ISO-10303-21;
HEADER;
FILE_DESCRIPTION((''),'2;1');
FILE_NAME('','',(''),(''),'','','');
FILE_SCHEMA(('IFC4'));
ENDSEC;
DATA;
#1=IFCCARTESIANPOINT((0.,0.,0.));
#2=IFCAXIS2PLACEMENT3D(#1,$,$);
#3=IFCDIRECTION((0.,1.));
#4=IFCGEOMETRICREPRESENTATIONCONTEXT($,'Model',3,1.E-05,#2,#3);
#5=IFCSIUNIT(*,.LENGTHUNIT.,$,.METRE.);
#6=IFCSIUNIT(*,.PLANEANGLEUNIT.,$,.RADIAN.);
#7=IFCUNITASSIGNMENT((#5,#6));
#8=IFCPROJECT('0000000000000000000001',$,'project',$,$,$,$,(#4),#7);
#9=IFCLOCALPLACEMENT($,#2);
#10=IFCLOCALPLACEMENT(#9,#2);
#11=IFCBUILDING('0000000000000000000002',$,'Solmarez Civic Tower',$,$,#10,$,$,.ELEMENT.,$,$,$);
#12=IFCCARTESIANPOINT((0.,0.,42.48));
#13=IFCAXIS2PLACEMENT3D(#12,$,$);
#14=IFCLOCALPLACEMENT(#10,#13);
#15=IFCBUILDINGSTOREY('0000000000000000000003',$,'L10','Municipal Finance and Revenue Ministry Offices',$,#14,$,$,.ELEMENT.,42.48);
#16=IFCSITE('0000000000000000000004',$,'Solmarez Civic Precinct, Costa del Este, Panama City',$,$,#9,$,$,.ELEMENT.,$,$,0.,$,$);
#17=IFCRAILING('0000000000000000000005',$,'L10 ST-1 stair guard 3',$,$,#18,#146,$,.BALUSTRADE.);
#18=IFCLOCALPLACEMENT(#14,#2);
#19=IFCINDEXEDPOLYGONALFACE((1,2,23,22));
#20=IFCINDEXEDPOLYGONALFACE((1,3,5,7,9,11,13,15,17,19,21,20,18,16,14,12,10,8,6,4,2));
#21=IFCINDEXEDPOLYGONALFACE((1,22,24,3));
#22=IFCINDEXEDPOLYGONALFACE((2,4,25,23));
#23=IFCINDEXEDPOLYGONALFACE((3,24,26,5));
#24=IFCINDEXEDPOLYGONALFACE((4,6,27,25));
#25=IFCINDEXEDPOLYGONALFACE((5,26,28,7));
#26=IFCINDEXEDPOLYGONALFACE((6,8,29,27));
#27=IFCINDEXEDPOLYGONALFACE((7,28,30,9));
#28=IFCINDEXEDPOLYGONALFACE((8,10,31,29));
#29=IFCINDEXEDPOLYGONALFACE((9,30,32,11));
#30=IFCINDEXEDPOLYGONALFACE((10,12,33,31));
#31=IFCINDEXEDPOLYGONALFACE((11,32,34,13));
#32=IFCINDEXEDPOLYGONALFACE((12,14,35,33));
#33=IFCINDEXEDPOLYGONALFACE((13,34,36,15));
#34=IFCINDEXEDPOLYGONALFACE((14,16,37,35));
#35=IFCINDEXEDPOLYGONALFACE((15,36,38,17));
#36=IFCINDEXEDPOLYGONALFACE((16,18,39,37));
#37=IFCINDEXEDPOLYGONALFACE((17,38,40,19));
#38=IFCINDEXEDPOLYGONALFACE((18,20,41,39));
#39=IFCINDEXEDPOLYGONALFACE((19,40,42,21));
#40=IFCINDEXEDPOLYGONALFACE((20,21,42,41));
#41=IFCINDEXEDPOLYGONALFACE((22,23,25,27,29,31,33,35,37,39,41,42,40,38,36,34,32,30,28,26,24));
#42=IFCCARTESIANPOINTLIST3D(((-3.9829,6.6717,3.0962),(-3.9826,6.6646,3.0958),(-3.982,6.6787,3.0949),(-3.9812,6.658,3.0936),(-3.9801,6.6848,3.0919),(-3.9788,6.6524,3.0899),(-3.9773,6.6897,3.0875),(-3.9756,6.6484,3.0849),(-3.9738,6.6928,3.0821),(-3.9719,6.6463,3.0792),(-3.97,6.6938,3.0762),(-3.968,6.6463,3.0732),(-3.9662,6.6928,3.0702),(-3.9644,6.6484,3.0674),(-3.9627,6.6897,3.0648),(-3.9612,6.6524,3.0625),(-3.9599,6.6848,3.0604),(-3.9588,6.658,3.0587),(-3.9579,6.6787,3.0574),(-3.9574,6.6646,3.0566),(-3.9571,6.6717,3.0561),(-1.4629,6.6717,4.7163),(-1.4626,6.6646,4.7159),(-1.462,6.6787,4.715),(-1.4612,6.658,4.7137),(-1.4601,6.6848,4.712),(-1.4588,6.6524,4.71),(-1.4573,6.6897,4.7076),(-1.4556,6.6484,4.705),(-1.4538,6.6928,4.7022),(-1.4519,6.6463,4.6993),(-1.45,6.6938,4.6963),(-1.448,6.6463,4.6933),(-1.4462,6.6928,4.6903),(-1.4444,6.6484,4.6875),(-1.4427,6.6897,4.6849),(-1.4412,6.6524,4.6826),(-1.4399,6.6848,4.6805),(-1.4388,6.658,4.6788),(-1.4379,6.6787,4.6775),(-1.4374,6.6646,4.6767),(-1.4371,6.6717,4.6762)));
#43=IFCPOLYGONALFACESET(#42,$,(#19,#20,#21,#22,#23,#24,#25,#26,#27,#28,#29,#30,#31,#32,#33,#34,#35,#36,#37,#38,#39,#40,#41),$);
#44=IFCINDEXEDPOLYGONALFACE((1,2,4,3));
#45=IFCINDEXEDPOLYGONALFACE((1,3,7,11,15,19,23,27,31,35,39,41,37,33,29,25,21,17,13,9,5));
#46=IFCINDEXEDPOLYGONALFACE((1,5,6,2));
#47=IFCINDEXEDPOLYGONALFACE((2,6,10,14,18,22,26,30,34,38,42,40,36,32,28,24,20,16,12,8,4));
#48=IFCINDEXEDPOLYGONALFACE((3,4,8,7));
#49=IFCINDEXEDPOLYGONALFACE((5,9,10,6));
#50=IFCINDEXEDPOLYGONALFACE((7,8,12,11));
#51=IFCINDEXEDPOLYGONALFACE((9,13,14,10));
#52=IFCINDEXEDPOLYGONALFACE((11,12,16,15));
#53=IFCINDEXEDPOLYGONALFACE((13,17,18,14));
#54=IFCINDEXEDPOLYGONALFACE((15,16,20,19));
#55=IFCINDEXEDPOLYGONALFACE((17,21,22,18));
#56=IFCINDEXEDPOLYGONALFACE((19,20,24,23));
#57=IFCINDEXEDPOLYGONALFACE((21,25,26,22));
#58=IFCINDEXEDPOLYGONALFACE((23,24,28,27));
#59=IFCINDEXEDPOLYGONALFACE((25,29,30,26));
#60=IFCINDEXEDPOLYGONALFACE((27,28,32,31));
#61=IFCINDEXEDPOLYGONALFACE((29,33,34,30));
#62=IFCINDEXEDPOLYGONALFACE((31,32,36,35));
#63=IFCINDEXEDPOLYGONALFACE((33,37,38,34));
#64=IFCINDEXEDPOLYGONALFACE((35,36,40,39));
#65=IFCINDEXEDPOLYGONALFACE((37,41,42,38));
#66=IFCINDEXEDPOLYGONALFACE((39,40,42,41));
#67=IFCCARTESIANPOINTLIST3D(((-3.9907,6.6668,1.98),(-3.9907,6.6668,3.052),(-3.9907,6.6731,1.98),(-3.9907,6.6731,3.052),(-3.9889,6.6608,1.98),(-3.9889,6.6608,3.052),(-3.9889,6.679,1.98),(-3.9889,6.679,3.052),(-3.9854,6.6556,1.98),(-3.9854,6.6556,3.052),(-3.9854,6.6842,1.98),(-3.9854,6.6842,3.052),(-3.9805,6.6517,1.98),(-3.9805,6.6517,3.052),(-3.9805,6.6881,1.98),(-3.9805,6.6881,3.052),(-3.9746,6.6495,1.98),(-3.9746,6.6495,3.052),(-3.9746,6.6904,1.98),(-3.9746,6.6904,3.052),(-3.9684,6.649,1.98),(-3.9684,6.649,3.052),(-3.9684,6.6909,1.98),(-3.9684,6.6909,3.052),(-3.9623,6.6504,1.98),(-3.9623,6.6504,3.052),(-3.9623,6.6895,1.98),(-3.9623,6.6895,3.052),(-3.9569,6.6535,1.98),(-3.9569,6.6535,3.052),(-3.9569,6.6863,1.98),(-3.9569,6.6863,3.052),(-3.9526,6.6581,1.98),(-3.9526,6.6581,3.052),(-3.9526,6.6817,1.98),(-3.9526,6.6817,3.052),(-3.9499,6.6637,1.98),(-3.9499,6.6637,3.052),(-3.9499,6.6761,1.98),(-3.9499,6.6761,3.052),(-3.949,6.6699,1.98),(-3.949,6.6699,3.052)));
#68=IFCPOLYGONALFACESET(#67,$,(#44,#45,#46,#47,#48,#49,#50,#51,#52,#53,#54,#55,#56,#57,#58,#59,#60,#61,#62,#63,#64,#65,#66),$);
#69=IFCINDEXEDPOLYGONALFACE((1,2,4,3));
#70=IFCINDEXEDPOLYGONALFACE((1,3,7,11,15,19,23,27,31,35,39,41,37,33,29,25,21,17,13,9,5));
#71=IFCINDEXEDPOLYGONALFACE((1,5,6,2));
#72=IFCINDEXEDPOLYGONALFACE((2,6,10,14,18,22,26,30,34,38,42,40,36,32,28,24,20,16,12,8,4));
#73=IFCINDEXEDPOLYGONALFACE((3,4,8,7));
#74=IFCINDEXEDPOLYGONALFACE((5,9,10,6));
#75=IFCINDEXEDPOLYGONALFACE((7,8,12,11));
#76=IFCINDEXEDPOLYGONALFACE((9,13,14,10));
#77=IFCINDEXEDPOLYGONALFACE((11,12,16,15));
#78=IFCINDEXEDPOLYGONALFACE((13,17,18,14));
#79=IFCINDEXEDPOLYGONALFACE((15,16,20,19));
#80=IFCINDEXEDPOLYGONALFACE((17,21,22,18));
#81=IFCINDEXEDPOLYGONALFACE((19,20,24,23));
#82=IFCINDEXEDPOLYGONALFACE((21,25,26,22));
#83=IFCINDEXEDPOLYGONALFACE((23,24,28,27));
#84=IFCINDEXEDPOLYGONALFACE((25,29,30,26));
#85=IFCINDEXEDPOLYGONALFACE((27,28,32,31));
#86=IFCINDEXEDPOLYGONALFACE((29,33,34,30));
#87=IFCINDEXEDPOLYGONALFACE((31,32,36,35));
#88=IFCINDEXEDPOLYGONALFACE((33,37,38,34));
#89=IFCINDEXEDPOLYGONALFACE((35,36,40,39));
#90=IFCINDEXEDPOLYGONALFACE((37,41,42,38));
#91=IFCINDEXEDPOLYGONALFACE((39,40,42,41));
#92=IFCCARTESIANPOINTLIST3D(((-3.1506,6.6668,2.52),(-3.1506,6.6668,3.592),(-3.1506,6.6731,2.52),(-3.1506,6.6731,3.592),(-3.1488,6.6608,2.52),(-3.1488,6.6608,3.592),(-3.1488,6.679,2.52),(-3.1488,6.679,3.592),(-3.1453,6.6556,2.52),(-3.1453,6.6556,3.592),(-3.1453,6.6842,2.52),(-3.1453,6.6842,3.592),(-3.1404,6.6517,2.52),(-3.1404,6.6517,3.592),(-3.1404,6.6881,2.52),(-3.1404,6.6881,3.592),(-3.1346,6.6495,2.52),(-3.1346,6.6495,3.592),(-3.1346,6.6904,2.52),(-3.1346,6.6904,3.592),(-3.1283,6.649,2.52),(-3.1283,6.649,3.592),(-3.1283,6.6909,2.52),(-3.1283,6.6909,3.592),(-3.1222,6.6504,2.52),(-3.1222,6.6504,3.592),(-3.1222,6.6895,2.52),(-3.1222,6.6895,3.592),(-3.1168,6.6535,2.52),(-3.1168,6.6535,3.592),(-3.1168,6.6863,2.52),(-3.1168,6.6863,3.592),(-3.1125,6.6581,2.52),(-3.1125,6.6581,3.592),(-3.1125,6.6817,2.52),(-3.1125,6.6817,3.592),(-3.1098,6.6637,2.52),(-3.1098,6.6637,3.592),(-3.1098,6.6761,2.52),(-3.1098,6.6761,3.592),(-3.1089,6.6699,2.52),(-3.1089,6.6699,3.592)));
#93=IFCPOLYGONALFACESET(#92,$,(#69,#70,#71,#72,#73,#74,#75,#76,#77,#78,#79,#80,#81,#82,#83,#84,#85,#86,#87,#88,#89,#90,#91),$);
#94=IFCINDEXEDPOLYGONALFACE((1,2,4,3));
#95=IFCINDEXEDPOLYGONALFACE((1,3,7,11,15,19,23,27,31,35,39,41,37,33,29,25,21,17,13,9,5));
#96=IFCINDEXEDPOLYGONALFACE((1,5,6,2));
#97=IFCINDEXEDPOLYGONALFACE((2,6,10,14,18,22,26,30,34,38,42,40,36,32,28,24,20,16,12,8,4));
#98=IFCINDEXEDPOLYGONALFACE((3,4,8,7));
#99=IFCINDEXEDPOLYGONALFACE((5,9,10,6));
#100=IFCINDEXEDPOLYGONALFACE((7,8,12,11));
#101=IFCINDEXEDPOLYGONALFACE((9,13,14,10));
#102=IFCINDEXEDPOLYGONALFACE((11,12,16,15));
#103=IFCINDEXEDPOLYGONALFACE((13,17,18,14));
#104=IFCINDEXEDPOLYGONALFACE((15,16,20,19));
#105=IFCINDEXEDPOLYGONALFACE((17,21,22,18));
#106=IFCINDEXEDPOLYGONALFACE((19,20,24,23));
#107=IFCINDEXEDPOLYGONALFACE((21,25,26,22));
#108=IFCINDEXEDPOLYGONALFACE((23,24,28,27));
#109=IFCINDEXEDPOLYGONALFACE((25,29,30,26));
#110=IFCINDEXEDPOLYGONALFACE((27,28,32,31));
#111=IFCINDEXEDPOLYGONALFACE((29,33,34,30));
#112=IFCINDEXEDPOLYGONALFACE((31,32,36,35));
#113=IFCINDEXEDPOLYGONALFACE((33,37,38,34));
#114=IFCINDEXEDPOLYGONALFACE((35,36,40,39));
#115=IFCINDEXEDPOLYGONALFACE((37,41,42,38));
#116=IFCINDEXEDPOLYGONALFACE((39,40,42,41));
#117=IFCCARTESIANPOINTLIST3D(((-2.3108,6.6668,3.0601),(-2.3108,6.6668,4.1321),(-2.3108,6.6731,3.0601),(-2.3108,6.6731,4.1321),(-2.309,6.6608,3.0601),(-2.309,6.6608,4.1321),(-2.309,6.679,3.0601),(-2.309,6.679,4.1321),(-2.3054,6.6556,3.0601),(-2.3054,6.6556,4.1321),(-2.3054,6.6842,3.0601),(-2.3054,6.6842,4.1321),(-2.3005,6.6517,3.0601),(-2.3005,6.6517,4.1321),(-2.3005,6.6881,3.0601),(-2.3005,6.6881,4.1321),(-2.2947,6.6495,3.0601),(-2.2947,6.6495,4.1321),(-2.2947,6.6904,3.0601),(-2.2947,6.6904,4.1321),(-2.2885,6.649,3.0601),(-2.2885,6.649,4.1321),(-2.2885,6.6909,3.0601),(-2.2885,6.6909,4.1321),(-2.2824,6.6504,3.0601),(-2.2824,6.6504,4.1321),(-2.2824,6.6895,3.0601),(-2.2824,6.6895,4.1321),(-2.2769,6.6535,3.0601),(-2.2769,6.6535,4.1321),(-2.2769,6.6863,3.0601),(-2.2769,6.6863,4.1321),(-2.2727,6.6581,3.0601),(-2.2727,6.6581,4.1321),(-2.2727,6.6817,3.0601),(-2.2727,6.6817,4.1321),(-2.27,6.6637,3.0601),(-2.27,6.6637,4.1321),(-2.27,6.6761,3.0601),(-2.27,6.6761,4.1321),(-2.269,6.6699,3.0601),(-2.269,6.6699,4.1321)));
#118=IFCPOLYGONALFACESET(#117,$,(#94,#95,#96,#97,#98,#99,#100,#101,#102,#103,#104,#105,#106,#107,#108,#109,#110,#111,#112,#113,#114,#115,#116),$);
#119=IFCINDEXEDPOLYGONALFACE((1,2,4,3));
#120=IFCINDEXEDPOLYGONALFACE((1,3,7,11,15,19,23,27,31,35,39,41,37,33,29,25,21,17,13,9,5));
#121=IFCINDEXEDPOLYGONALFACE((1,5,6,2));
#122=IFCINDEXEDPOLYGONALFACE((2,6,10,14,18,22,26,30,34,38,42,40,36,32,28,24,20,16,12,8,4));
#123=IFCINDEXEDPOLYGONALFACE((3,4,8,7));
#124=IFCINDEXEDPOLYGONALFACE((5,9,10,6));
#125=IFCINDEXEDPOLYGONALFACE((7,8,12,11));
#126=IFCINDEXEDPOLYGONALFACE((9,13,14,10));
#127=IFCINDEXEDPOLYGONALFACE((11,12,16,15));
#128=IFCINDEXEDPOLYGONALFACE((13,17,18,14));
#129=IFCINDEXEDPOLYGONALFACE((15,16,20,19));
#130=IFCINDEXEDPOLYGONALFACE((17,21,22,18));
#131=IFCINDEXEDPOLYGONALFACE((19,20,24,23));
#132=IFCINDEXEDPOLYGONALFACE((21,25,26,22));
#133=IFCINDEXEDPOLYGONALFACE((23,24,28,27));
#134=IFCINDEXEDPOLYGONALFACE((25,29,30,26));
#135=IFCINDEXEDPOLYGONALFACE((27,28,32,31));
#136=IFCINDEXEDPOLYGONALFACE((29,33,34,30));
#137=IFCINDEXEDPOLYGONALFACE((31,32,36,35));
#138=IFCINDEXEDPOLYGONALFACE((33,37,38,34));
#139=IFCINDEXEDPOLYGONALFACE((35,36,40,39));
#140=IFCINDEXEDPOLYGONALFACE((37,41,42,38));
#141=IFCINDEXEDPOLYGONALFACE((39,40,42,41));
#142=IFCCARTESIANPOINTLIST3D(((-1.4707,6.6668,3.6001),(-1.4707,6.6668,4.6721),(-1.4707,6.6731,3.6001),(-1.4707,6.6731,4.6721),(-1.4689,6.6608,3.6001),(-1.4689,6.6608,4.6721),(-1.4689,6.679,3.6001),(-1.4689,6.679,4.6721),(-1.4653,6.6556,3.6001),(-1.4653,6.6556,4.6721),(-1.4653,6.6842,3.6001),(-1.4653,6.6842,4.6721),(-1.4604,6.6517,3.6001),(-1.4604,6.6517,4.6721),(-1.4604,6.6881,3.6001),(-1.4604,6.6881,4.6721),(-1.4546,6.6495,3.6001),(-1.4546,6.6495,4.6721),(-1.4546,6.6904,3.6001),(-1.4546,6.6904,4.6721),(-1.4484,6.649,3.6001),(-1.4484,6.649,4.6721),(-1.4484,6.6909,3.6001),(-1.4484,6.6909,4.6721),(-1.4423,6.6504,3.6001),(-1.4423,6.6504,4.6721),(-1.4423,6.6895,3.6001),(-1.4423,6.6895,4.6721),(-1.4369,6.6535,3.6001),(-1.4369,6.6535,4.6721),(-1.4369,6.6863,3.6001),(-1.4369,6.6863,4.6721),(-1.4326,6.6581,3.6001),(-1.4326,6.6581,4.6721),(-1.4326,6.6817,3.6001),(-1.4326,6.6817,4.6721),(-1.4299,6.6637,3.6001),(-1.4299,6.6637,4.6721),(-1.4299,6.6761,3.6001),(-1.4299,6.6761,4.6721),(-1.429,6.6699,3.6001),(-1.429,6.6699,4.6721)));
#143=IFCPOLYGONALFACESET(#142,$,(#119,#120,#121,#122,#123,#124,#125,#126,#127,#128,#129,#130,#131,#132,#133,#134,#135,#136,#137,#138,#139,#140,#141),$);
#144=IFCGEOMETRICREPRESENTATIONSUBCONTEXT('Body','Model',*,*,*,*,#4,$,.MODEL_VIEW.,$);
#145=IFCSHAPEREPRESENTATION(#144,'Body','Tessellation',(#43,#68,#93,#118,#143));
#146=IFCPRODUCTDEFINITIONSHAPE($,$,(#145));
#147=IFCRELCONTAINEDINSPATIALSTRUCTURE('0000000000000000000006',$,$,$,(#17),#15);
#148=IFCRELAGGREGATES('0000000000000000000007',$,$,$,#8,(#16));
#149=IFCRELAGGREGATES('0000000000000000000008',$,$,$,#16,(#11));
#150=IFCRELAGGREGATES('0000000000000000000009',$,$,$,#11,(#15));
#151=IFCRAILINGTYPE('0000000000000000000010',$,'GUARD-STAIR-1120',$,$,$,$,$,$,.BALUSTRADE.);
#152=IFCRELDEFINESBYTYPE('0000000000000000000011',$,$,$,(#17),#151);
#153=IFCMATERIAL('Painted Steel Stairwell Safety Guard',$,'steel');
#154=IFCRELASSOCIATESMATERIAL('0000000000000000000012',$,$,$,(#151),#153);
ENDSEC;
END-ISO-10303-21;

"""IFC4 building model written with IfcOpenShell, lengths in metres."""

from ifc_helpers import new_model, si_unit, direction, frame, origin, origin_2d, place, context, subcontext, project, spatial, circle, extrude, material, type_object, element, save


model = new_model("IFC4")

# Units and contexts
model_context = context("Model", 3, precision=1e-05, world=origin(), true_north=direction((0.0, 1.0)))
body_context = subcontext(model_context, "Body", "Model", "MODEL_VIEW")
ifc_project = project(units=[si_unit("LENGTHUNIT", "METRE"), si_unit("PLANEANGLEUNIT", "RADIAN")], contexts=[model_context])

# Site, building, storey
site_placement = place(None, origin())
site = spatial("IfcSite", under=ifc_project, at=site_placement, Name="Solmarez Civic Precinct, Costa del Este, Panama City", CompositionType="ELEMENT", RefElevation=0.0)
building_placement = place(site_placement, origin())
building = spatial("IfcBuilding", under=site, at=building_placement, Name="Solmarez Civic Tower", CompositionType="ELEMENT")
storey_placement = place(building_placement, frame((0.0, 0.0, 42.48)))
storey = spatial("IfcBuildingStorey", under=building, at=storey_placement, Name="L10", Description="Municipal Finance and Revenue Ministry Offices", CompositionType="ELEMENT", Elevation=42.48)

# Railing
ifc_material_1 = material(Name="Painted Steel Stairwell Safety Guard", Category="steel")
railing_type_1 = type_object("IfcRailingType", Name="GUARD-STAIR-1120", PredefinedType="BALUSTRADE", material=ifc_material_1)
railing_1_placement = place(storey_placement, frame((-3.97, 6.6699, 1.98)))
element("IfcRailing", 1, at=railing_1_placement, inside=storey, type_object=railing_type_1, Name="L10 ST-1 stair guard 3", PredefinedType="BALUSTRADE", context=body_context, shape_type="SweptSolid", body=[
    extrude(circle(Radius=0.0239, at=origin_2d()), frame((0.0, 0.0, 1.0962), z_axis=(0.841163, 0.0, 0.540782), x_axis=(0.0, 1.0, 0.0)), (0.0, 0.0, 1.0), 2.9958),
    extrude(circle(Radius=0.021, at=origin_2d()), origin(), (0.0, 0.0, 1.0), 1.072),
    extrude(circle(Radius=0.021, at=origin_2d()), frame((0.8401, 0.0, 0.54)), (0.0, 0.0, 1.0), 1.072),
    extrude(circle(Radius=0.021, at=origin_2d()), frame((1.6799, 0.0, 1.0801)), (0.0, 0.0, 1.0), 1.072),
    extrude(circle(Radius=0.021, at=origin_2d()), frame((2.52, 0.0, 1.6201)), (0.0, 0.0, 1.0), 1.072),
])

save(model, "model.ifc")
